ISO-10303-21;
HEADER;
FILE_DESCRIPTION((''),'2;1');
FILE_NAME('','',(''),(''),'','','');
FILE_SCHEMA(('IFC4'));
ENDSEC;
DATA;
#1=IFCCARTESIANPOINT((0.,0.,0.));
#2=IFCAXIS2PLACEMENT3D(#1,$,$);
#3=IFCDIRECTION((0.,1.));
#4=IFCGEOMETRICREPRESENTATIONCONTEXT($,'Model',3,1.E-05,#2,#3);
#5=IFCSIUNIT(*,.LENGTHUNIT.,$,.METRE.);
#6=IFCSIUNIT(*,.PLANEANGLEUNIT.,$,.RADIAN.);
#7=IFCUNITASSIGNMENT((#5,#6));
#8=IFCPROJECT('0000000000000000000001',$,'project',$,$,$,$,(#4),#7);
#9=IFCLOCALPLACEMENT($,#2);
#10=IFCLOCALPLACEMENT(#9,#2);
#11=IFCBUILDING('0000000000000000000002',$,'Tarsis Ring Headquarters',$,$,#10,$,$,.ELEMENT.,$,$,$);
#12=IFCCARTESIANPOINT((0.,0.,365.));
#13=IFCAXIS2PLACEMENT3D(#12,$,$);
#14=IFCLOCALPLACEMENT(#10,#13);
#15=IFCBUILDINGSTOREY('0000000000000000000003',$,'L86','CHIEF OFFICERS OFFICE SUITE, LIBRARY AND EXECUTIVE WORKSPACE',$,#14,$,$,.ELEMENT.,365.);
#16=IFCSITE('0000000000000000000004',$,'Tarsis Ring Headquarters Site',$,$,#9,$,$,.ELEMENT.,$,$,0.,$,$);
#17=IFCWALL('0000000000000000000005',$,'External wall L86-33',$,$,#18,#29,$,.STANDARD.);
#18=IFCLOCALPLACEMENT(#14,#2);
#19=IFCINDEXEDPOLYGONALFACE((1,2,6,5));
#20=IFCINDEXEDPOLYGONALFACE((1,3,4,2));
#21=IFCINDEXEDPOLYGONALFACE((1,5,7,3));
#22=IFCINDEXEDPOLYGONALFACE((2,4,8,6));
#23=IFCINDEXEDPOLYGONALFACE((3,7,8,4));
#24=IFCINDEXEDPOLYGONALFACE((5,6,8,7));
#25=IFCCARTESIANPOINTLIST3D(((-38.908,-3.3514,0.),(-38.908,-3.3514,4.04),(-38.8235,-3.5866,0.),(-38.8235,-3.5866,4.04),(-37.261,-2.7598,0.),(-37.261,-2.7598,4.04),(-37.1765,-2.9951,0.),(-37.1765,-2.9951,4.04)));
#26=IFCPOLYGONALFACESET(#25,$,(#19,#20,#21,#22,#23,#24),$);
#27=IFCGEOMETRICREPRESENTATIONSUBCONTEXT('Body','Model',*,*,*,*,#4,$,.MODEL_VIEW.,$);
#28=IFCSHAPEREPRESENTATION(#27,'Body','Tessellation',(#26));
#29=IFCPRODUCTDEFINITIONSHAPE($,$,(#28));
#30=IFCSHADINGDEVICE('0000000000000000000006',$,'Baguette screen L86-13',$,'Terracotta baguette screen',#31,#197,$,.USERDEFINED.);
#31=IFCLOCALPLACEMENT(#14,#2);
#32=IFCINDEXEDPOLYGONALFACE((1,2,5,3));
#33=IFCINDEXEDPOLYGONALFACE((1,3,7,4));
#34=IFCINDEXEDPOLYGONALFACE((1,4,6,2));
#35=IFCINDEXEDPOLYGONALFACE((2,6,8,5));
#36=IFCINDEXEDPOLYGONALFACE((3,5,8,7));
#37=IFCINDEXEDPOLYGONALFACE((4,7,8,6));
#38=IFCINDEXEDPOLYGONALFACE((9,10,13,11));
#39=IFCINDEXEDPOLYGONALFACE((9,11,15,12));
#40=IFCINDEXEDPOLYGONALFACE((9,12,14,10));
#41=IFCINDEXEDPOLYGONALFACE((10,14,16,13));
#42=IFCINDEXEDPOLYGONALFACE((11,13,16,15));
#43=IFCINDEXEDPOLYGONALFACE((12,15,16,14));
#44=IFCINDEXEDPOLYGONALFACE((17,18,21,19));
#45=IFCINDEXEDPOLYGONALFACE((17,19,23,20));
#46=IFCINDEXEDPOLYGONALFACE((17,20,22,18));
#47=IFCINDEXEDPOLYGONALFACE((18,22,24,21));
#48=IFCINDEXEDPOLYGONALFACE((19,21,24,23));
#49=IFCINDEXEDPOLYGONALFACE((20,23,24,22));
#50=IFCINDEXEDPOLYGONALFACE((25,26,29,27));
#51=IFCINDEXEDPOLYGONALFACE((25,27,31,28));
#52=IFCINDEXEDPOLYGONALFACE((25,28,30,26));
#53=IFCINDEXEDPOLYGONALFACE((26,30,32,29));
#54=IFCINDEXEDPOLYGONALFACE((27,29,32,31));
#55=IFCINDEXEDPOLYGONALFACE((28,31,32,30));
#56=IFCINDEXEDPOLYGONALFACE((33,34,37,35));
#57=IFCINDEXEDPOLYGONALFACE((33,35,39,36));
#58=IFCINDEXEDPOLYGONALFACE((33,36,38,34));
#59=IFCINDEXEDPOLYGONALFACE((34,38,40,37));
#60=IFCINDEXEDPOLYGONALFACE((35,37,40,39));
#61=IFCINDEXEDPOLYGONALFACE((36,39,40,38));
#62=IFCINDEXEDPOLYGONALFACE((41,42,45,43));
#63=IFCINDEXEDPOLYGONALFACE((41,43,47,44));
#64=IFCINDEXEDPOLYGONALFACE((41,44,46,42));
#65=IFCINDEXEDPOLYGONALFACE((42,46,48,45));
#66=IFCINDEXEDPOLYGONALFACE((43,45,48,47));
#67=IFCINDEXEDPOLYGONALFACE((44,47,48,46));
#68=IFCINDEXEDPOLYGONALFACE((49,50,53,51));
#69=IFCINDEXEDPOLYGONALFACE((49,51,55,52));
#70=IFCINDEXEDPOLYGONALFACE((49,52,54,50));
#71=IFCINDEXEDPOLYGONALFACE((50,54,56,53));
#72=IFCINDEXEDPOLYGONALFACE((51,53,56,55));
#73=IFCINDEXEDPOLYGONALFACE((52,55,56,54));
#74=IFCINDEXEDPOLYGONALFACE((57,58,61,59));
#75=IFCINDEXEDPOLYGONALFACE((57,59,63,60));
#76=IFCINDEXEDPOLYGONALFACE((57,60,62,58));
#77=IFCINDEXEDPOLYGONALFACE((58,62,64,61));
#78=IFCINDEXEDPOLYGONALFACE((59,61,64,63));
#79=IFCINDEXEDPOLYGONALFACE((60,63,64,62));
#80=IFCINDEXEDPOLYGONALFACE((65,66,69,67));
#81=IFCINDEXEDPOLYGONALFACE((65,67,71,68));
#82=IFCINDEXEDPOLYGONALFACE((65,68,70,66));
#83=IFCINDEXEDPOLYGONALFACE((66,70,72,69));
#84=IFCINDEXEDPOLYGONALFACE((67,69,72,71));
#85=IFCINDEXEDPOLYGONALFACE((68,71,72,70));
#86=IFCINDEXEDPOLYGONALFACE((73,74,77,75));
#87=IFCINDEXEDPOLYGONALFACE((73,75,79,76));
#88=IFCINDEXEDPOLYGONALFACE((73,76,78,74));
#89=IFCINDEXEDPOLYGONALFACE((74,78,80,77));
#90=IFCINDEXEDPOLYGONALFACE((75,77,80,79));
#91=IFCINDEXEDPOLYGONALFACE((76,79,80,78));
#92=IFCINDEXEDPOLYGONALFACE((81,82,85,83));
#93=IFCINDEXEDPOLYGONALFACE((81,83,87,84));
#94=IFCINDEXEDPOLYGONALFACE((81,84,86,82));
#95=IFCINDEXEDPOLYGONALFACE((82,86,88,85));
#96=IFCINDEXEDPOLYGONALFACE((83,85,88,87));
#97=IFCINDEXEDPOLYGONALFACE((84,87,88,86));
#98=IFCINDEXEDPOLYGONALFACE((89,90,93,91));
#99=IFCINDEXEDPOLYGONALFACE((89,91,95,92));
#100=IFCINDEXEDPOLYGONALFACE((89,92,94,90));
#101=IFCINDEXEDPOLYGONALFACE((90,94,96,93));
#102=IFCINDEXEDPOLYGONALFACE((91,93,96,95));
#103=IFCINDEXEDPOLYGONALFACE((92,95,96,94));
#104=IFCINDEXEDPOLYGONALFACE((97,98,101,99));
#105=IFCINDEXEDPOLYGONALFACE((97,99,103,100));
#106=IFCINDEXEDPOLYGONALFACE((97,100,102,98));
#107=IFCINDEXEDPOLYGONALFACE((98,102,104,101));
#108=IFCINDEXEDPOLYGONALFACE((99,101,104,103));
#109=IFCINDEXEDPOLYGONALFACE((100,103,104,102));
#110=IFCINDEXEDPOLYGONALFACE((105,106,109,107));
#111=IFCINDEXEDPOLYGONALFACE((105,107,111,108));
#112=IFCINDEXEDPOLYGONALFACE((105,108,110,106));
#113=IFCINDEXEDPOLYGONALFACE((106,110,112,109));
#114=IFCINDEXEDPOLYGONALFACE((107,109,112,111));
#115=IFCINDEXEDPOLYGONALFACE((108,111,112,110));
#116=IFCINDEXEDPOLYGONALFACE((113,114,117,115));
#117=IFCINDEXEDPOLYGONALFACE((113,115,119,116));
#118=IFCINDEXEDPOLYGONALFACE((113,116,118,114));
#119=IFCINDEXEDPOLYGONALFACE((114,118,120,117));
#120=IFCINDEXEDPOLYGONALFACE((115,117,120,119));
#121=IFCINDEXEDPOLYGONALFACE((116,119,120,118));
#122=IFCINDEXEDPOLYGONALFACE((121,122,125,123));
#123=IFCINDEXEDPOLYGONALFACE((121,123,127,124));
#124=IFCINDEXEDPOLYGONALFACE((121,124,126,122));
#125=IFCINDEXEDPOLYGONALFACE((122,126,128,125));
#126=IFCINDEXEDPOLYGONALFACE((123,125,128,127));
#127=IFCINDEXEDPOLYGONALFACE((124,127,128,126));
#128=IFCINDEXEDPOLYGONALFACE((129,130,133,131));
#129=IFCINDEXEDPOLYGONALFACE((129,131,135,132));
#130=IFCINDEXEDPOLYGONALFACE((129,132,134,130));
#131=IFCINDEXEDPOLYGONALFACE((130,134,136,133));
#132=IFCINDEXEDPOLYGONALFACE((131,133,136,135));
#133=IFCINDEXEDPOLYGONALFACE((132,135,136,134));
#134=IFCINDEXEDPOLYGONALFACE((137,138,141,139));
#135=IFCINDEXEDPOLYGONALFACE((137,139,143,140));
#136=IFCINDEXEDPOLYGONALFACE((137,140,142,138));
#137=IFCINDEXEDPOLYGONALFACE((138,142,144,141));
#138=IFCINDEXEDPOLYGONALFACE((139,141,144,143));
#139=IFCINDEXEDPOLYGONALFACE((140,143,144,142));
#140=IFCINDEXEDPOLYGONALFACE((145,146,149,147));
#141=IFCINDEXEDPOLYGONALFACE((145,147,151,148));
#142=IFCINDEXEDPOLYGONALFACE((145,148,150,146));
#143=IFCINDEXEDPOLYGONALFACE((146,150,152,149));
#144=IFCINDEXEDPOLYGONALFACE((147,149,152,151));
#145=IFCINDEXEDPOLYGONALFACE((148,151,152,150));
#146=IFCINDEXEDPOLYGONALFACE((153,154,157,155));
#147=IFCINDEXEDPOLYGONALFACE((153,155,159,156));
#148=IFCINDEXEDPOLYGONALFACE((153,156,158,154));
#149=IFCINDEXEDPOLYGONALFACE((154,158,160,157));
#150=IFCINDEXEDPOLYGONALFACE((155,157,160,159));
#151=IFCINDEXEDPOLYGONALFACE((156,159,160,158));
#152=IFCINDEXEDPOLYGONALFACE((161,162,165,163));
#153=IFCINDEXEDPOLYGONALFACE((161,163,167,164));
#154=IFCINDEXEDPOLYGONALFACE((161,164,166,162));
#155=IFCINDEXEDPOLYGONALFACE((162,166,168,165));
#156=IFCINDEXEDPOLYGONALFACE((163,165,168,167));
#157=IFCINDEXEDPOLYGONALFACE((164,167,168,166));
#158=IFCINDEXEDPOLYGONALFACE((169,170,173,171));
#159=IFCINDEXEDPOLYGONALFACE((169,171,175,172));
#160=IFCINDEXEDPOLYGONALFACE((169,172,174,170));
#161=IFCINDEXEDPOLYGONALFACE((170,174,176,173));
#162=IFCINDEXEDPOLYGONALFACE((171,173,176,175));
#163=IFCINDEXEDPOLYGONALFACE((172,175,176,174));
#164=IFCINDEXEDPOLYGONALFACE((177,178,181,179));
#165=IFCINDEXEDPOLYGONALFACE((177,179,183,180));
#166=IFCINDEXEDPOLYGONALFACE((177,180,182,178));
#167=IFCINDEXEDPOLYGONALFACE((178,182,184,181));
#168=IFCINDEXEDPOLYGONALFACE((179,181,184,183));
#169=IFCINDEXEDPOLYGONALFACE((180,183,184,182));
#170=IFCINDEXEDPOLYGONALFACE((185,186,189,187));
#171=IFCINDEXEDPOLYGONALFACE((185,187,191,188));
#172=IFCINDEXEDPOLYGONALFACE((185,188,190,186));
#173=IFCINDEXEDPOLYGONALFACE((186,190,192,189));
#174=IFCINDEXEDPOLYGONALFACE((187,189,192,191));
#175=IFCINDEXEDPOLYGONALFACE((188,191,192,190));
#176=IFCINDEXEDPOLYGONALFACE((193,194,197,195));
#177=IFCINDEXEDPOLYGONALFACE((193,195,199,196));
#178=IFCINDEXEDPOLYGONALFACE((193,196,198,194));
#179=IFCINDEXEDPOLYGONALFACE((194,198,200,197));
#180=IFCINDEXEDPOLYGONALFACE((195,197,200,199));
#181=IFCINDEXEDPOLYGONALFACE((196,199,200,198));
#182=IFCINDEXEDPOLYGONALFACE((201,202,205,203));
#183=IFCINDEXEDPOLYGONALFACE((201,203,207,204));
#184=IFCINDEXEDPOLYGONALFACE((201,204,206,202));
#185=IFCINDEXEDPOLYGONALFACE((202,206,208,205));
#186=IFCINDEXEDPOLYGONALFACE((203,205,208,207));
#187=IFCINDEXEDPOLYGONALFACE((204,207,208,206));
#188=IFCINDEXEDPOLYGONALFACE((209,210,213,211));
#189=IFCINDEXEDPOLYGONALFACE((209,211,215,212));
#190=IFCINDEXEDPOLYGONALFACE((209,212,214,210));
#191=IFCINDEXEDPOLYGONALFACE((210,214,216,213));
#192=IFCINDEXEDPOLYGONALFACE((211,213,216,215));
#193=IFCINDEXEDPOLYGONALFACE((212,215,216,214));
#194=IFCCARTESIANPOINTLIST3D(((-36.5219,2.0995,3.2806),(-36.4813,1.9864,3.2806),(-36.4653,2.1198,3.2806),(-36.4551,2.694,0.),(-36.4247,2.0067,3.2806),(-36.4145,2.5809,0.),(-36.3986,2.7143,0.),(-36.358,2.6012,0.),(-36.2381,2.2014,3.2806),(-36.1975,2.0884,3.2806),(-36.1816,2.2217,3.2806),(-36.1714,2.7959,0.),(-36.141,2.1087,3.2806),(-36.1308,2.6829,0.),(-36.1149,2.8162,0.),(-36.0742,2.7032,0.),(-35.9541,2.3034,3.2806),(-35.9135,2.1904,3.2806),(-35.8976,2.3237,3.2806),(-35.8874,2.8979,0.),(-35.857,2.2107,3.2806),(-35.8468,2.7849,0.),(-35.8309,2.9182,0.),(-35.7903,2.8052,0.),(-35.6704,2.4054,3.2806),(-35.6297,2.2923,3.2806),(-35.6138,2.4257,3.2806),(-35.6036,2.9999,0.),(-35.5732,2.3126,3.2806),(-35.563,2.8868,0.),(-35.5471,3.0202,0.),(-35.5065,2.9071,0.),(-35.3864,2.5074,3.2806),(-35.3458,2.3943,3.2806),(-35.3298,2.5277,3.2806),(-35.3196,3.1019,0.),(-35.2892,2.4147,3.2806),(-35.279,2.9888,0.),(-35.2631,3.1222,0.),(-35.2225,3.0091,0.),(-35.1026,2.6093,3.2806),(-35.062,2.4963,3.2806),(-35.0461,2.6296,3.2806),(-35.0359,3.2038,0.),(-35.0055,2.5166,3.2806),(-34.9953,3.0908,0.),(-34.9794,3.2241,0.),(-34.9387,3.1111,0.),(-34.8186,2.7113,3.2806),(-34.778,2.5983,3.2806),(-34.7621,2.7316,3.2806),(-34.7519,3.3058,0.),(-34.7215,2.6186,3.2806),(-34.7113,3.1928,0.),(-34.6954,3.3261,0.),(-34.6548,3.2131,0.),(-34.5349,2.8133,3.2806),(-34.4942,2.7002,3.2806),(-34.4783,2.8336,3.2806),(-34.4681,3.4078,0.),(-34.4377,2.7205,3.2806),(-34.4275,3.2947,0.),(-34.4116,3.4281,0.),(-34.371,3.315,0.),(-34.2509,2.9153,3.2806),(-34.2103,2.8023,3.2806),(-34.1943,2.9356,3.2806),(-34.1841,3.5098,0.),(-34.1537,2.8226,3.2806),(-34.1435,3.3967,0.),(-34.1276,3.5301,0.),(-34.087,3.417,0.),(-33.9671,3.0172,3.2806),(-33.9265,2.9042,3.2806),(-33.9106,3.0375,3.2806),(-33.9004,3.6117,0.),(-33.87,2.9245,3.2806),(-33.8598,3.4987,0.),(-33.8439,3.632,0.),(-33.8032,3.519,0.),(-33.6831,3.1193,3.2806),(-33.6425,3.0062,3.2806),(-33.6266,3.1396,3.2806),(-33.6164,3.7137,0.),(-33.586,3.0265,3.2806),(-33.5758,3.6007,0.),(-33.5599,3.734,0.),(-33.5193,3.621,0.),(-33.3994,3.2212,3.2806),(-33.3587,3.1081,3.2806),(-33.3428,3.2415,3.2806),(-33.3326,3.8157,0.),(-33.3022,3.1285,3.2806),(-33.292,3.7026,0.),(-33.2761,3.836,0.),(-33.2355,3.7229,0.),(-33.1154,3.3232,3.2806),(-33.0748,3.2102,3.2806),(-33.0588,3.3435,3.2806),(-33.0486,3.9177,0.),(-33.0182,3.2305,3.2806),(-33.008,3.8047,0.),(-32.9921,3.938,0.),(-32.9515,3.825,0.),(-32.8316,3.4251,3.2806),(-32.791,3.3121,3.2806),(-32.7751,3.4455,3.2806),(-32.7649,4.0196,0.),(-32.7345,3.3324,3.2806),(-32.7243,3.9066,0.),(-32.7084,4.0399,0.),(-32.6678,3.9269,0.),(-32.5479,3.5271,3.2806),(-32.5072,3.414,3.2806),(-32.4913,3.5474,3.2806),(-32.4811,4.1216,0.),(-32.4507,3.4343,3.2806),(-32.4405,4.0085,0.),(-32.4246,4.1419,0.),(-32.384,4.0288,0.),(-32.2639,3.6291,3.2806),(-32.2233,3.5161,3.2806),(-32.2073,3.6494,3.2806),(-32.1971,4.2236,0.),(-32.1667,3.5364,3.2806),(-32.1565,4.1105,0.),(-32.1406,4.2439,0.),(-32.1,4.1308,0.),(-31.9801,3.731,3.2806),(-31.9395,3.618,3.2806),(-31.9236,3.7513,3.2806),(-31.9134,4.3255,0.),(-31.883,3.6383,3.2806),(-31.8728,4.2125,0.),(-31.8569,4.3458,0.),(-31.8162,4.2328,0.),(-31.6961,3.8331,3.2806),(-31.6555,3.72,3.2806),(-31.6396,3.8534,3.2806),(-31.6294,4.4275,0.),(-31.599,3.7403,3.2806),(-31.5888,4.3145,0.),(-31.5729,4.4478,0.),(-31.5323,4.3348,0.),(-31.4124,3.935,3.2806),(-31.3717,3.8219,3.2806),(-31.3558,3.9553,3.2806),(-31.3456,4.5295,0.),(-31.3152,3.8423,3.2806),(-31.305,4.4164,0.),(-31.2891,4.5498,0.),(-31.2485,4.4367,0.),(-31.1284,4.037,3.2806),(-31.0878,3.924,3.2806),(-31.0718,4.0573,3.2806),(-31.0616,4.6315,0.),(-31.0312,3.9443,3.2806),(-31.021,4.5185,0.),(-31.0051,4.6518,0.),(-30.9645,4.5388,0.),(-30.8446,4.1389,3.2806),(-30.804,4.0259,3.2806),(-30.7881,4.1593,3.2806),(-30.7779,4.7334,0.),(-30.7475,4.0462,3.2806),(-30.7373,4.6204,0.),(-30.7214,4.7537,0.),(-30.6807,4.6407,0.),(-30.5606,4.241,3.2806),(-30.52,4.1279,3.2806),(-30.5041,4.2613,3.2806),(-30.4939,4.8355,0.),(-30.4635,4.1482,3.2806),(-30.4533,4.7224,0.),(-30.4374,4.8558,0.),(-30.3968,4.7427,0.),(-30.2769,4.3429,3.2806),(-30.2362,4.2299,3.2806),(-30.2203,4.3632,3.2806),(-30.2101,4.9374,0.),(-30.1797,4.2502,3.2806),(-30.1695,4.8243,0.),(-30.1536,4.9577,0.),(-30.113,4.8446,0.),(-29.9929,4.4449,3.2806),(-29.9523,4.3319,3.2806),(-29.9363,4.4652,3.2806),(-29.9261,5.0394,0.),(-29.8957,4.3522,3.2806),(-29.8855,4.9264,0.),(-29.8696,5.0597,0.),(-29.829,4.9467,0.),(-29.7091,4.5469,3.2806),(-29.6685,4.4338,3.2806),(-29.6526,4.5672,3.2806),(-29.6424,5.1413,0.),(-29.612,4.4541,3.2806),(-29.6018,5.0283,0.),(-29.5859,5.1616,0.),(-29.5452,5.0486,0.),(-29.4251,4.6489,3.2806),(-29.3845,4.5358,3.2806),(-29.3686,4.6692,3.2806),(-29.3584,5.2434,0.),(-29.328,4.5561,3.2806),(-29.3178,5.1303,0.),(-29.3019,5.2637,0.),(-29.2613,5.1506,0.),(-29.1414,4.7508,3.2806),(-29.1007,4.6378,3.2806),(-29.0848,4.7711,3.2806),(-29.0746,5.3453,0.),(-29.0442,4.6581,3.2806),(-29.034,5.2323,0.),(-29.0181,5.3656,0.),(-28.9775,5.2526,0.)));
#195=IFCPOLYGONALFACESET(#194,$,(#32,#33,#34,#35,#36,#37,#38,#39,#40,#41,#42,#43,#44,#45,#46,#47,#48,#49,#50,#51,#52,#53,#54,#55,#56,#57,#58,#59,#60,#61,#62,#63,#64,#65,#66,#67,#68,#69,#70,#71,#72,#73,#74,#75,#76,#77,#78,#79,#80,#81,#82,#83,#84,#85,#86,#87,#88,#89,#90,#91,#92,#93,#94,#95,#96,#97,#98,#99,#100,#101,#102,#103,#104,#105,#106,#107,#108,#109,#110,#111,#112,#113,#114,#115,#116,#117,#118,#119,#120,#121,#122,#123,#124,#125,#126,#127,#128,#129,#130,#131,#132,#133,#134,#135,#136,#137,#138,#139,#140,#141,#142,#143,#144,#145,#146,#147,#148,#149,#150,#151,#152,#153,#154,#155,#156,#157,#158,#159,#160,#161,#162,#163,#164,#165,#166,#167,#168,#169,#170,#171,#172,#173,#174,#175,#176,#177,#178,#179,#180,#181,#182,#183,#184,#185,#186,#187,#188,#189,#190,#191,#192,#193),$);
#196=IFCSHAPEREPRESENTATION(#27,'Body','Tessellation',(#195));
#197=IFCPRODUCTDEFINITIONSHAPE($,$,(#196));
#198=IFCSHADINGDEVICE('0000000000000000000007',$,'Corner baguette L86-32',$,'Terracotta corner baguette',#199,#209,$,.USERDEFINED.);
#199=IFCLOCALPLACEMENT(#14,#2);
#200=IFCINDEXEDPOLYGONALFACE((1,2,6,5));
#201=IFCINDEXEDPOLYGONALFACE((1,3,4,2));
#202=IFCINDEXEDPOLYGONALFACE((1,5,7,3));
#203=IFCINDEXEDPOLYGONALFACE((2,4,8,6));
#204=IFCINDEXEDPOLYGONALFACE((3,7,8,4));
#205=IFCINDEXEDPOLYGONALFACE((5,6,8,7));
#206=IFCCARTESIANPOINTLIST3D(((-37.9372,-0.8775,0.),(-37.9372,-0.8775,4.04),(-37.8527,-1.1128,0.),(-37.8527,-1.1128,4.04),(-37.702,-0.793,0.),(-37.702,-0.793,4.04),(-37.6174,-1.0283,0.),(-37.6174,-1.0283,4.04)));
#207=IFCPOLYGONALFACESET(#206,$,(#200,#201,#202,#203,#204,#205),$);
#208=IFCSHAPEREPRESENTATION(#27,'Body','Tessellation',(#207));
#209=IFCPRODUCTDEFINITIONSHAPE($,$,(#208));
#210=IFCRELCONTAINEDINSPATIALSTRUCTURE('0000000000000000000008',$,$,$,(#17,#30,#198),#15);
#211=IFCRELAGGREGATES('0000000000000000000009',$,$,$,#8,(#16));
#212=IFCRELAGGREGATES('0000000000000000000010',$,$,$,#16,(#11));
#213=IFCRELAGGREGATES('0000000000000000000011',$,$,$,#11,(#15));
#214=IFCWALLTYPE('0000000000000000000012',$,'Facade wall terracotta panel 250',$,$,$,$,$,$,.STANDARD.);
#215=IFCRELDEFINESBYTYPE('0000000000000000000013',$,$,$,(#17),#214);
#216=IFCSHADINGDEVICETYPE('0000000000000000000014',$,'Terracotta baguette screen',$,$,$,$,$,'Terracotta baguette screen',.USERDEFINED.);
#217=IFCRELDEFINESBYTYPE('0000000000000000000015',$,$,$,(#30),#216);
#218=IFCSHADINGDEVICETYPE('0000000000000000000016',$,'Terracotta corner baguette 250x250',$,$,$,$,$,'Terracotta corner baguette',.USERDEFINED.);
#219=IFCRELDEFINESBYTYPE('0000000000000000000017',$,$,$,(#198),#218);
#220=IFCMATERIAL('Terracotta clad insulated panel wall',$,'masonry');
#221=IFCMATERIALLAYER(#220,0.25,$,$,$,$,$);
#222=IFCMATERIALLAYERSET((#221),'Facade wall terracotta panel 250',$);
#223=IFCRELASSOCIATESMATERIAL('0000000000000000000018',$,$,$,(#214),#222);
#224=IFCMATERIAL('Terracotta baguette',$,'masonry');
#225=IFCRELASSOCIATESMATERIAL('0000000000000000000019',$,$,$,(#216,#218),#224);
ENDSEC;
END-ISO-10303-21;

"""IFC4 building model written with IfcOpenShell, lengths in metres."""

from ifc_helpers import new_model, si_unit, direction, frame, frame_2d, origin, origin_2d, place, context, subcontext, project, spatial, rectangle, composite_profile, extrude, material, layer, layer_set, type_object, element, save


model = new_model("IFC4")

# Units and contexts
model_context = context("Model", 3, precision=1e-05, world=origin(), true_north=direction((0.0, 1.0)))
body_context = subcontext(model_context, "Body", "Model", "MODEL_VIEW")
ifc_project = project(units=[si_unit("LENGTHUNIT", "METRE"), si_unit("PLANEANGLEUNIT", "RADIAN")], contexts=[model_context])

# Site, building, storey
site_placement = place(None, origin())
site = spatial("IfcSite", under=ifc_project, at=site_placement, Name="Tarsis Ring Headquarters Site", CompositionType="ELEMENT", RefElevation=0.0)
building_placement = place(site_placement, origin())
building = spatial("IfcBuilding", under=site, at=building_placement, Name="Tarsis Ring Headquarters", CompositionType="ELEMENT")
storey_placement = place(building_placement, frame((0.0, 0.0, 365.0)))
storey = spatial("IfcBuildingStorey", under=building, at=storey_placement, Name="L86", Description="CHIEF OFFICERS OFFICE SUITE, LIBRARY AND EXECUTIVE WORKSPACE", CompositionType="ELEMENT", Elevation=365.0)

# Wall
ifc_material_1 = material(Name="Terracotta clad insulated panel wall", Category="masonry")
ifc_layer_1 = layer(ifc_material_1, 0.25)
ifc_layer_set_1 = layer_set([ifc_layer_1], Name="Facade wall terracotta panel 250")
wall_type = type_object("IfcWallType", Name="Facade wall terracotta panel 250", PredefinedType="STANDARD", material=ifc_layer_set_1)
for number, where, z_axis, x_axis, name in (
    (1, (-37.2188, -2.8774, 0.0), (0.0, 0.0, 1.0), (-0.941134, -0.338033, 0.0), "External wall L86-33"),
):
    element("IfcWall", number, at=place(storey_placement, frame(where, z_axis=z_axis, x_axis=x_axis)), inside=storey, type_object=wall_type, Name=name, PredefinedType="STANDARD", context=body_context, shape_type="SweptSolid", body=[
        extrude(rectangle(XDim=1.75, YDim=0.25, at=frame_2d((0.875, 0.0))), origin(), (0.0, 0.0, 1.0), 4.04),
    ])

# Shading devices
ifc_material_2 = material(Name="Terracotta baguette", Category="masonry")
shading_device_type_1 = type_object("IfcShadingDeviceType", Name="Terracotta baguette screen", ElementType="Terracotta baguette screen", PredefinedType="USERDEFINED", material=ifc_material_2)
shading_device_1_placement = place(storey_placement, frame((-28.9978, 5.3091, 0.0), z_axis=(0.0, 0.0, 1.0), x_axis=(-0.941115, -0.338081, 0.0)))
element("IfcShadingDevice", 2, at=shading_device_1_placement, inside=storey, type_object=shading_device_type_1, Name="Baguette screen L86-13", ObjectType="Terracotta baguette screen", PredefinedType="USERDEFINED", context=body_context, shape_type="SweptSolid", body=[
    extrude(composite_profile([rectangle(XDim=0.0601, YDim=0.1201, at=frame_2d((0.03, 0.0))), rectangle(XDim=0.0601, YDim=0.1201, at=frame_2d((0.3315, 0.0))), rectangle(XDim=0.0601, YDim=0.1201, at=frame_2d((0.6333, 0.0))), rectangle(XDim=0.0601, YDim=0.1201, at=frame_2d((0.9348, 0.0))), rectangle(XDim=0.0601, YDim=0.1201, at=frame_2d((1.2366, 0.0))), rectangle(XDim=0.0601, YDim=0.1201, at=frame_2d((1.5381, 0.0))), rectangle(XDim=0.0601, YDim=0.1201, at=frame_2d((1.8398, 0.0))), rectangle(XDim=0.0601, YDim=0.1201, at=frame_2d((2.1414, 0.0))), rectangle(XDim=0.0601, YDim=0.1201, at=frame_2d((2.4431, 0.0))), rectangle(XDim=0.0601, YDim=0.1201, at=frame_2d((2.7446, 0.0))), rectangle(XDim=0.0601, YDim=0.1201, at=frame_2d((3.0464, 0.0))), rectangle(XDim=0.0601, YDim=0.1201, at=frame_2d((3.3479, 0.0))), rectangle(XDim=0.0601, YDim=0.1201, at=frame_2d((3.6497, 0.0))), rectangle(XDim=0.0601, YDim=0.1201, at=frame_2d((3.9512, 0.0))), rectangle(XDim=0.0601, YDim=0.1201, at=frame_2d((4.2527, 0.0))), rectangle(XDim=0.0601, YDim=0.1201, at=frame_2d((4.5544, 0.0))), rectangle(XDim=0.0601, YDim=0.1201, at=frame_2d((4.856, 0.0))), rectangle(XDim=0.0601, YDim=0.1201, at=frame_2d((5.1577, 0.0))), rectangle(XDim=0.0601, YDim=0.1201, at=frame_2d((5.4592, 0.0))), rectangle(XDim=0.0601, YDim=0.1201, at=frame_2d((5.761, 0.0))), rectangle(XDim=0.0601, YDim=0.1201, at=frame_2d((6.0625, 0.0))), rectangle(XDim=0.0601, YDim=0.1201, at=frame_2d((6.3643, 0.0))), rectangle(XDim=0.0601, YDim=0.1201, at=frame_2d((6.6658, 0.0))), rectangle(XDim=0.0601, YDim=0.1201, at=frame_2d((6.9675, 0.0))), rectangle(XDim=0.0601, YDim=0.1201, at=frame_2d((7.269, 0.0))), rectangle(XDim=0.0601, YDim=0.1201, at=frame_2d((7.5708, 0.0))), rectangle(XDim=0.0601, YDim=0.1201, at=frame_2d((7.8723, 0.0)))]), origin(), (0.079102, 0.16101, 0.983778), 3.3347),
])
shading_device_type_2 = type_object("IfcShadingDeviceType", Name="Terracotta corner baguette 250x250", ElementType="Terracotta corner baguette", PredefinedType="USERDEFINED", material=ifc_material_2)
for number, where, z_axis, x_axis, name in (
    (3, (-37.7773, -0.9529, 0.0), (0.0, 0.0, 1.0), (-0.941117, -0.338081, 0.0), "Corner baguette L86-32"),
):
    element("IfcShadingDevice", number, at=place(storey_placement, frame(where, z_axis=z_axis, x_axis=x_axis)), inside=storey, type_object=shading_device_type_2, Name=name, ObjectType="Terracotta corner baguette", PredefinedType="USERDEFINED", context=body_context, shape_type="SweptSolid", body=[
        extrude(rectangle(XDim=0.25, YDim=0.25, at=origin_2d()), origin(), (0.0, 0.0, 1.0), 4.04),
    ])

save(model, "model.ifc")
